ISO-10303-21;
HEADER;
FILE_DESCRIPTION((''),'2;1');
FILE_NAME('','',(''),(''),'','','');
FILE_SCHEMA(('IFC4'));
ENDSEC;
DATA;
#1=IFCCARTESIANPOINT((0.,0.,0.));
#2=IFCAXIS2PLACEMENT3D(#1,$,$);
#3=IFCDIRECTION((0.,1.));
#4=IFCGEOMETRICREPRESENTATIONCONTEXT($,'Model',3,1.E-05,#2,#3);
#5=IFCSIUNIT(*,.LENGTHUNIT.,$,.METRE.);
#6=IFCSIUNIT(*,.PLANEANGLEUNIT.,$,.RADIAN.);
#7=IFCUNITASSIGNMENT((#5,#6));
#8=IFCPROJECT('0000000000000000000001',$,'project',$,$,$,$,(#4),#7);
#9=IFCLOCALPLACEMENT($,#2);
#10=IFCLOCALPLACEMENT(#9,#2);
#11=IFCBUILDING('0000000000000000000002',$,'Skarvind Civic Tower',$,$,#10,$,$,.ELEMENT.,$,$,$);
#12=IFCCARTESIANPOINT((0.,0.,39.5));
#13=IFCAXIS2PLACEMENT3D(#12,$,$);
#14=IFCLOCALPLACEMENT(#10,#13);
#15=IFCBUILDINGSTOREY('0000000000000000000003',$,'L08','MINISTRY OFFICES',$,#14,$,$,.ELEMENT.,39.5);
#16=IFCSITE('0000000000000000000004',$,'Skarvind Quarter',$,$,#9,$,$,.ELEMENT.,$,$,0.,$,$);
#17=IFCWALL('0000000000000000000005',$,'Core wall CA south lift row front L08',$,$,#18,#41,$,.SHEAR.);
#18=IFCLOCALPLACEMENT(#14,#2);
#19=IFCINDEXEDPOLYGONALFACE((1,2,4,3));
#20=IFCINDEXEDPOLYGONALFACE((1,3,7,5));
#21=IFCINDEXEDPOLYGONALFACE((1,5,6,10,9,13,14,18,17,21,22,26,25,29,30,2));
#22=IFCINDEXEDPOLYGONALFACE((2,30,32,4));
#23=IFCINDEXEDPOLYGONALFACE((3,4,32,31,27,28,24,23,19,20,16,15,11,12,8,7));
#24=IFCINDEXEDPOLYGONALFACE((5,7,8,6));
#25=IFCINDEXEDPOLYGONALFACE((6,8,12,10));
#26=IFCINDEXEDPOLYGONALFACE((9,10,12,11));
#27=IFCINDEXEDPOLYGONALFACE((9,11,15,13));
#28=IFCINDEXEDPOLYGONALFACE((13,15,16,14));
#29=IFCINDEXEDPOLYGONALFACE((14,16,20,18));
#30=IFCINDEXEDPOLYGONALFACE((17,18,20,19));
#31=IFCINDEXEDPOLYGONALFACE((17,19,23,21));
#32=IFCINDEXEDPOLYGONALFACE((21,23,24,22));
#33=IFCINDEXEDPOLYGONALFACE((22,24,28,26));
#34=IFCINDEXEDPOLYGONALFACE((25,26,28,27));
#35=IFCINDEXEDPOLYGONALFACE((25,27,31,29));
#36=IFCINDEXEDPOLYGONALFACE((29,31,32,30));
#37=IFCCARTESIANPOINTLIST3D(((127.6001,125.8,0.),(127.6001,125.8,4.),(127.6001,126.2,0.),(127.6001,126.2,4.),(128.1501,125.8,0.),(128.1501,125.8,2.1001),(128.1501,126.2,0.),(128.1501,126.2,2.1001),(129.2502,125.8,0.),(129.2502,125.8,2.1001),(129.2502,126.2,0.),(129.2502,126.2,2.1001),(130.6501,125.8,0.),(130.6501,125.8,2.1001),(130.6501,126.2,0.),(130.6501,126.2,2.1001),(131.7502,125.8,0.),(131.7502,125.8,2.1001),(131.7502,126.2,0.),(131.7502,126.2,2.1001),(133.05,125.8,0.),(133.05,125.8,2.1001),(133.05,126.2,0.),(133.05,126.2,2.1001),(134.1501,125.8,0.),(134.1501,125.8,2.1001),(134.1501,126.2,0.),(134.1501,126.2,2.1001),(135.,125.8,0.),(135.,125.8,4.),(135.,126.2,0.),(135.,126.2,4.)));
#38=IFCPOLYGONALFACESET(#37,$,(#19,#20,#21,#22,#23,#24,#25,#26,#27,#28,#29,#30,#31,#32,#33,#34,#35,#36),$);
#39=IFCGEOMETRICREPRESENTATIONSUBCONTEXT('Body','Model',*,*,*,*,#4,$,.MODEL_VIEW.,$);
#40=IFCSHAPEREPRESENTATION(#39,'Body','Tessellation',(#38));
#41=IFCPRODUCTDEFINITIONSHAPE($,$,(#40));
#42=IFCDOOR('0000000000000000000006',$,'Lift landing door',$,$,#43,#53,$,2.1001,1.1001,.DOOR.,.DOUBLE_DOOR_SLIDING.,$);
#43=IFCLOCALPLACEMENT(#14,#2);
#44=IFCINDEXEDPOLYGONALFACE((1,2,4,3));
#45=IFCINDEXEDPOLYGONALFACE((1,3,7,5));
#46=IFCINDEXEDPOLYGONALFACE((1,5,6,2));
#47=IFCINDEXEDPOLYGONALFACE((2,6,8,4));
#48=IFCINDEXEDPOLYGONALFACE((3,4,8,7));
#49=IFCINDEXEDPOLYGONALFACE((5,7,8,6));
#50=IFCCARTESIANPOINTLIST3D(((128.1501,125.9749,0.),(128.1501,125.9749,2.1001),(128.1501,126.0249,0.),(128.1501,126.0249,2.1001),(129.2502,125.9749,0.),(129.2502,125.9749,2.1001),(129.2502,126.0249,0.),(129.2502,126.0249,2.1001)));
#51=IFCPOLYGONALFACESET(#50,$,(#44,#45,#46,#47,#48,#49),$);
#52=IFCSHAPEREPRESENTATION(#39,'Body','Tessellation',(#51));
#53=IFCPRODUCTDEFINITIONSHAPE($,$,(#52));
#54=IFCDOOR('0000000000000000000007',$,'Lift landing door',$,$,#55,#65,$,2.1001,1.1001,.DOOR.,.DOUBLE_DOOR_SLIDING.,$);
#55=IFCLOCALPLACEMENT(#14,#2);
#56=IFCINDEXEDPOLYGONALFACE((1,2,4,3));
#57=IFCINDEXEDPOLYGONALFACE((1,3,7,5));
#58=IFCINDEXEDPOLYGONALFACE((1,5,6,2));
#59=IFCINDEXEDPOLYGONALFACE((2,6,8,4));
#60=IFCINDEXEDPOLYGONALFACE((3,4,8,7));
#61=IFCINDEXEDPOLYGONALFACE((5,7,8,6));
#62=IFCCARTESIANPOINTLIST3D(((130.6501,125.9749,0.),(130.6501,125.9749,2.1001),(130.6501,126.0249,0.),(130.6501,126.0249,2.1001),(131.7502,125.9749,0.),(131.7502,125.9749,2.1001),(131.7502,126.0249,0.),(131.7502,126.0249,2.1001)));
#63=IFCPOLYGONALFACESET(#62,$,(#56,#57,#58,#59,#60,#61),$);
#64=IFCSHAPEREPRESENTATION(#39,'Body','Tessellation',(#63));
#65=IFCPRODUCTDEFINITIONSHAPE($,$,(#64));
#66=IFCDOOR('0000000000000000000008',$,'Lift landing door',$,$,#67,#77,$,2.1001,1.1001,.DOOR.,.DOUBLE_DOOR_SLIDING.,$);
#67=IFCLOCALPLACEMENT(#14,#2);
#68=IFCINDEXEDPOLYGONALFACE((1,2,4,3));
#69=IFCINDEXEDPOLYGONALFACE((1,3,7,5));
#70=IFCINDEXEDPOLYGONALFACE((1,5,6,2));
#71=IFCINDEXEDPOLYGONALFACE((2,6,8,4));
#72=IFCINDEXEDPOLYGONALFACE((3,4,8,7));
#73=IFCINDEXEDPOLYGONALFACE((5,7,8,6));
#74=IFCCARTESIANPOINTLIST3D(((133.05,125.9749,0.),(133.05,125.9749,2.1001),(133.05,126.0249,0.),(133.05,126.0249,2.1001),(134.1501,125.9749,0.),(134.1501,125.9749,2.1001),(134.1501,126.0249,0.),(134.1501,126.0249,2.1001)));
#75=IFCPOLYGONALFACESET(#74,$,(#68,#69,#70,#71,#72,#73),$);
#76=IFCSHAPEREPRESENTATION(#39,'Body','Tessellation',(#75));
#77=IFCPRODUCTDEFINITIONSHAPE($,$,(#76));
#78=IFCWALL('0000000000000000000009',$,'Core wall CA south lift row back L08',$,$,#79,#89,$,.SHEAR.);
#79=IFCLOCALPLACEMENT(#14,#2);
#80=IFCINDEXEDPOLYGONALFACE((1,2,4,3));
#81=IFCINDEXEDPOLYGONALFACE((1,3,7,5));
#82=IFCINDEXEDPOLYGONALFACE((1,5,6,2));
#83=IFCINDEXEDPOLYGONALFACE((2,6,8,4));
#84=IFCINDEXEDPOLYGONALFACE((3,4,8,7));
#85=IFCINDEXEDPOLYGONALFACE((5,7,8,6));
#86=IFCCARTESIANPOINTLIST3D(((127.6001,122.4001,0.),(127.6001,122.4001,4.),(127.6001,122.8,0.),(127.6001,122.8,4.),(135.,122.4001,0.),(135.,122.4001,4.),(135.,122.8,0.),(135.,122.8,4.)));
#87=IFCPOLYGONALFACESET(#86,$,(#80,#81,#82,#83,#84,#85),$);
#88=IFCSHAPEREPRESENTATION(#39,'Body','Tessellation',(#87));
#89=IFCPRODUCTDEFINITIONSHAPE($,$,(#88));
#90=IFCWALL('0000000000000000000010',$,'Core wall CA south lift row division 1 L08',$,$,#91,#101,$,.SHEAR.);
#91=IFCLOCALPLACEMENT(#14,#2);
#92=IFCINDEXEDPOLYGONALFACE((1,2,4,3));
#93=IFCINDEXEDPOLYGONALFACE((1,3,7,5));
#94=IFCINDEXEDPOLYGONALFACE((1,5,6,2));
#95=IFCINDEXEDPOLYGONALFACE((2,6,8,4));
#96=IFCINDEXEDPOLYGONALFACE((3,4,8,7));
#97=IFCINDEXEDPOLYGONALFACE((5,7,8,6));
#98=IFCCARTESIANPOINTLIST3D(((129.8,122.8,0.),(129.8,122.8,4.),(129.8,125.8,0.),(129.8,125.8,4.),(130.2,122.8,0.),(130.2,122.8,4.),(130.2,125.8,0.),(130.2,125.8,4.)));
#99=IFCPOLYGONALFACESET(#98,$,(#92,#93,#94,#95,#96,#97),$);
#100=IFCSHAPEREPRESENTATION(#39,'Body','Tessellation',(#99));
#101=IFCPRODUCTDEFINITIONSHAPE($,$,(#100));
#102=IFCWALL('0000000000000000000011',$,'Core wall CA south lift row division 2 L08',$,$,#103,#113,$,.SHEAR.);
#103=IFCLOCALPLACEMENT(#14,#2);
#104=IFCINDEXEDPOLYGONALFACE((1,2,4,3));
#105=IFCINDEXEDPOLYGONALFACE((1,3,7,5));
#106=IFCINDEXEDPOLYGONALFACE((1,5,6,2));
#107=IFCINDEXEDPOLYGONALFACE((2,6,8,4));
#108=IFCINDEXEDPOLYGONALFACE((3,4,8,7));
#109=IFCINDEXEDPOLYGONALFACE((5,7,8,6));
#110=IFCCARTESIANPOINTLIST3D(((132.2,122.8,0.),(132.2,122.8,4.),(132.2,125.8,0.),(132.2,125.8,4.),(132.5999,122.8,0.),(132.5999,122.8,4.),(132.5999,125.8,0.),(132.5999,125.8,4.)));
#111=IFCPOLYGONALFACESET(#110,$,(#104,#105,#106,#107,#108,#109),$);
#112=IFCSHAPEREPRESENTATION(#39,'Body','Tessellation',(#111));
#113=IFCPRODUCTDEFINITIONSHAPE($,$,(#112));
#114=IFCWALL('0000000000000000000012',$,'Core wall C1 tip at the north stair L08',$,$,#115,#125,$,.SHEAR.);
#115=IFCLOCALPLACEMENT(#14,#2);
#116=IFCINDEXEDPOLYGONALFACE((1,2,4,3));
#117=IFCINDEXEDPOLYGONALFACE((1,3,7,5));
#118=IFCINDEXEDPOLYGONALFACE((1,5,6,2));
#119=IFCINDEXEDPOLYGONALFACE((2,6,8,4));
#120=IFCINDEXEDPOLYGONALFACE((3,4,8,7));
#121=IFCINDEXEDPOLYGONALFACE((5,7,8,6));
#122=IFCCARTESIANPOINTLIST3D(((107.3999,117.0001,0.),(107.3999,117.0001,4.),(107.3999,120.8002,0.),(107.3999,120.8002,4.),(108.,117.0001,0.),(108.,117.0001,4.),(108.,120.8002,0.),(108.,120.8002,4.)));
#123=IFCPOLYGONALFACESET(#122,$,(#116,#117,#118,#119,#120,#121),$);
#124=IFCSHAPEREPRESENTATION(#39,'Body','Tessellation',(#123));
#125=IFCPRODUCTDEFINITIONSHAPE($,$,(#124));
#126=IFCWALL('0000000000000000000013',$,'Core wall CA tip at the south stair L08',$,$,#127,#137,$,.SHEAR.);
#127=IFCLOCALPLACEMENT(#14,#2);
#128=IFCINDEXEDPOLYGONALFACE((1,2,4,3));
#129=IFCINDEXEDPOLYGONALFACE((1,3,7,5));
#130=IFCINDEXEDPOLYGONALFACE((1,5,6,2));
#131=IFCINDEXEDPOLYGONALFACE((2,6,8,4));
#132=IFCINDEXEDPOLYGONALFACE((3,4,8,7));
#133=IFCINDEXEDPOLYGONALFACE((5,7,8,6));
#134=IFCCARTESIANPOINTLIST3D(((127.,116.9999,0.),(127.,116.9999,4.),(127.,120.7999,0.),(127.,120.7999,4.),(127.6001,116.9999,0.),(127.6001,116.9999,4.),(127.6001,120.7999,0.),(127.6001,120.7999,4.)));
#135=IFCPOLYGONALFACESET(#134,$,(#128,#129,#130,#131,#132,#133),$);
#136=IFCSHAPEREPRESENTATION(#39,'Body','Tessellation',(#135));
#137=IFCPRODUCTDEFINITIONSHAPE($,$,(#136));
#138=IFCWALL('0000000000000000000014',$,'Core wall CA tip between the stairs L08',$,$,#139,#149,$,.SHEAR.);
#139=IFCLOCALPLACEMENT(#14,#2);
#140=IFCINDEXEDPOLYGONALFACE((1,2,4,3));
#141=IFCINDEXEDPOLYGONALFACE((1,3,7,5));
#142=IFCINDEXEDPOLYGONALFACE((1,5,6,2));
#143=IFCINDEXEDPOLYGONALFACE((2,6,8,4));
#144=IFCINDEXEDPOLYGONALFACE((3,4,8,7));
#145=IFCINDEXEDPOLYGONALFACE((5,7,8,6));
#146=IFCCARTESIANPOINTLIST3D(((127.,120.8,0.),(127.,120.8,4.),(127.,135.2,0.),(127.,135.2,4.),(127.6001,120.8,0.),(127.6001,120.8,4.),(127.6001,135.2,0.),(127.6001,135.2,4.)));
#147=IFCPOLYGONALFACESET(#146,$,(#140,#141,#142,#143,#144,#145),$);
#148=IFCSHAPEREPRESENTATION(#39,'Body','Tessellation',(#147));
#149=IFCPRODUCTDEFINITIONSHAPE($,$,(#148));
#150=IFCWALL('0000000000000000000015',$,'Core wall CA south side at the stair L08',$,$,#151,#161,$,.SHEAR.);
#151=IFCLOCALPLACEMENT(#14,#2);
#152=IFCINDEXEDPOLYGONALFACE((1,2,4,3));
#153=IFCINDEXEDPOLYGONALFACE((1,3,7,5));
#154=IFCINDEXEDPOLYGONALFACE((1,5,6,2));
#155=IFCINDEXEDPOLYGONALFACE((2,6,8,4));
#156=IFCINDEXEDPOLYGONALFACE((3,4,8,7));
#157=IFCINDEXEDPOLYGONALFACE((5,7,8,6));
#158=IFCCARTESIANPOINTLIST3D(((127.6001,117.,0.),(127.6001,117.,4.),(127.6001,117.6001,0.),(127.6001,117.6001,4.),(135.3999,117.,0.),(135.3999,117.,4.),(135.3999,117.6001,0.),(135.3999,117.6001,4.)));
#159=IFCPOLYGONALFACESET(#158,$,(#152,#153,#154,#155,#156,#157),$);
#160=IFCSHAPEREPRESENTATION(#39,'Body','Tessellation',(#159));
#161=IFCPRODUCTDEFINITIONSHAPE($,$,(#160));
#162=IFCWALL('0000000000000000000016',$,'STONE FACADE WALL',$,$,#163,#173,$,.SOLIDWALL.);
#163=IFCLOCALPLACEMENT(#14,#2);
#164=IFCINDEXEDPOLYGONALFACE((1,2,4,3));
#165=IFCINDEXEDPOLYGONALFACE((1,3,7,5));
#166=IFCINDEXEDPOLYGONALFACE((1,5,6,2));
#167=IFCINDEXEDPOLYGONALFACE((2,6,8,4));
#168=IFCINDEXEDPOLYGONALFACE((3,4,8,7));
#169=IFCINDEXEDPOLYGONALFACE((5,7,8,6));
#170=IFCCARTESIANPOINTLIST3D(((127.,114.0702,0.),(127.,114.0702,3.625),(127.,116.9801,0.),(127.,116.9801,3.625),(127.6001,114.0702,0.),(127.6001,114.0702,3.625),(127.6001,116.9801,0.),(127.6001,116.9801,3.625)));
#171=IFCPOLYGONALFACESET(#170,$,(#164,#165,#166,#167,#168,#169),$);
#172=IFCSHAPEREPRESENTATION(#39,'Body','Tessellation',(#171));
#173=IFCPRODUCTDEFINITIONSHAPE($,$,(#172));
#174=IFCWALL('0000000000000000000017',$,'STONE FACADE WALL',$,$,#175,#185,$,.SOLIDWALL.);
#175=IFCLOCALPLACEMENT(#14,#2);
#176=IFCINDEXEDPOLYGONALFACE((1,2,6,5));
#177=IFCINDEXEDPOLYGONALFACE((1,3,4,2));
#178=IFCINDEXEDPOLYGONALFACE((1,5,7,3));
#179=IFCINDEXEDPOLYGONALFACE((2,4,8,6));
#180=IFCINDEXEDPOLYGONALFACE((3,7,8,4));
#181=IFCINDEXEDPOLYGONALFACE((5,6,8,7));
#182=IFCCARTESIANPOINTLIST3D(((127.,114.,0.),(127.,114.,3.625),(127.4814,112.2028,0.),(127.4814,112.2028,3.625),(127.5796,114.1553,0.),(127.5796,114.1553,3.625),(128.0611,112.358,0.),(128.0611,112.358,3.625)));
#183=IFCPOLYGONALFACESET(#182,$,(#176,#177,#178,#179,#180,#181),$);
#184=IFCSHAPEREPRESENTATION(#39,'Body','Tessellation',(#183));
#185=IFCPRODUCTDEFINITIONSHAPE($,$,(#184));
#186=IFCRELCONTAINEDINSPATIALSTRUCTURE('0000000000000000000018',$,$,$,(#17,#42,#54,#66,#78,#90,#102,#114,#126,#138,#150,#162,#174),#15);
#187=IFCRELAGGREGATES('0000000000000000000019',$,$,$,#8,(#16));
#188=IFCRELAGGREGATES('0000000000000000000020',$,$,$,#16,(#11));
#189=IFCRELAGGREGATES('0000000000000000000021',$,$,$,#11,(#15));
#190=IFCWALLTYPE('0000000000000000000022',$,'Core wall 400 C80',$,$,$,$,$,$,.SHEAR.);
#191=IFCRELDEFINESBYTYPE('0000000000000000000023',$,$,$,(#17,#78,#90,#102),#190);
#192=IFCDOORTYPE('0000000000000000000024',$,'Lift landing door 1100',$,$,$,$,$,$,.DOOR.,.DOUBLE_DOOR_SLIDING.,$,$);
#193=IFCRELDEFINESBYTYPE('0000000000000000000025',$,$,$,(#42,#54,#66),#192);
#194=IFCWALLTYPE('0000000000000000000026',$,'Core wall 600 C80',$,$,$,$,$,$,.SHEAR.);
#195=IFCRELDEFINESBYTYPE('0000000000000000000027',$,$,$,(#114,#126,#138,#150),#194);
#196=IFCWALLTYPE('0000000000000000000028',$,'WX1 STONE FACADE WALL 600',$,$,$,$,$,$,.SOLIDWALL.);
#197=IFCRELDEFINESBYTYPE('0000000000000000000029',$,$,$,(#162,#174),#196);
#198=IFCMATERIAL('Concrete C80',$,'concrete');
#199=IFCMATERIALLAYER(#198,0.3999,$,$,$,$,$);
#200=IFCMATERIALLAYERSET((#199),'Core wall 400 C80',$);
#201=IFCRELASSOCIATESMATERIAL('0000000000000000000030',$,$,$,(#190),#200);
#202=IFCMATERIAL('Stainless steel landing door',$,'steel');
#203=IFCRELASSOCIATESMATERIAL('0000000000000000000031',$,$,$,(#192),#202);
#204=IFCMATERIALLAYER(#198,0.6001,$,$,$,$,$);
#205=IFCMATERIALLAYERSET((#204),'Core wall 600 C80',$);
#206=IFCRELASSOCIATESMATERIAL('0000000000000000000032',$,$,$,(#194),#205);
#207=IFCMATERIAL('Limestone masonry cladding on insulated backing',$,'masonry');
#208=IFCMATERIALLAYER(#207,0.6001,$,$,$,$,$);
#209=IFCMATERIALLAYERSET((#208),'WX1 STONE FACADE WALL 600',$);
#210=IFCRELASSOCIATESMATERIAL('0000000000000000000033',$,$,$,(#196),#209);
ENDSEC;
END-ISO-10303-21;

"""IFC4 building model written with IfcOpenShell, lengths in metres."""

from ifc_helpers import new_model, si_unit, direction, frame, frame_2d, origin, place, context, subcontext, project, spatial, rectangle, extrude, material, layer, layer_set, type_object, element, fill, save


model = new_model("IFC4")

# Units and contexts
model_context = context("Model", 3, precision=1e-05, world=origin(), true_north=direction((0.0, 1.0)))
body_context = subcontext(model_context, "Body", "Model", "MODEL_VIEW")
ifc_project = project(units=[si_unit("LENGTHUNIT", "METRE"), si_unit("PLANEANGLEUNIT", "RADIAN")], contexts=[model_context])

# Site, building, storey
site_placement = place(None, origin())
site = spatial("IfcSite", under=ifc_project, at=site_placement, Name="Skarvind Quarter", CompositionType="ELEMENT", RefElevation=0.0)
building_placement = place(site_placement, origin())
building = spatial("IfcBuilding", under=site, at=building_placement, Name="Skarvind Civic Tower", CompositionType="ELEMENT")
storey_placement = place(building_placement, frame((0.0, 0.0, 39.5)))
storey = spatial("IfcBuildingStorey", under=building, at=storey_placement, Name="L08", Description="MINISTRY OFFICES", CompositionType="ELEMENT", Elevation=39.5)

# Shared definitions
ifc_material_1 = material(Name="Concrete C80", Category="concrete")
ifc_layer_1 = layer(ifc_material_1, 0.3999)
ifc_layer_set_1 = layer_set([ifc_layer_1], Name="Core wall 400 C80")
wall_type_1 = type_object("IfcWallType", Name="Core wall 400 C80", PredefinedType="SHEAR", material=ifc_layer_set_1)

# Shared definitions
ifc_material_2 = material(Name="Stainless steel landing door", Category="steel")
door_type_1 = type_object("IfcDoorType", Name="Lift landing door 1100", OperationType="DOUBLE_DOOR_SLIDING", PredefinedType="DOOR", material=ifc_material_2)

# Wall, openings, doors
wall_1_placement = place(storey_placement, frame((127.6001, 126.0, 0.0), z_axis=(0.0, 0.0, 1.0), x_axis=(1.0, 0.0, 0.0)))
wall_1 = element("IfcWall", 1, at=wall_1_placement, inside=storey, type_object=wall_type_1, Name="Core wall CA south lift row front L08", PredefinedType="SHEAR", context=body_context, shape_type="SweptSolid", body=[
    extrude(rectangle(XDim=7.3999, YDim=0.3999, at=frame_2d((3.7, 0.0))), origin(), (0.0, 0.0, 1.0), 4.0),
])
opening_1_placement = place(wall_1_placement, frame((0.55, 0.0, 0.0)))
opening_1 = element("IfcOpeningElement", 2, at=opening_1_placement, cuts=wall_1, PredefinedType="OPENING", context=body_context, shape_type="SweptSolid", body=[
    extrude(rectangle(XDim=1.1001, YDim=2.1001, at=frame_2d((0.55, 1.05))), frame((0.0, 0.21, 0.0), z_axis=(0.0, -1.0, 0.0), x_axis=(1.0, 0.0, 0.0)), (0.0, 0.0, 1.0), 0.4199),
])
opening_2_placement = place(wall_1_placement, frame((3.05, 0.0, 0.0)))
opening_2 = element("IfcOpeningElement", 3, at=opening_2_placement, cuts=wall_1, PredefinedType="OPENING", context=body_context, shape_type="SweptSolid", body=[
    extrude(rectangle(XDim=1.1001, YDim=2.1001, at=frame_2d((0.55, 1.05))), frame((0.0, 0.21, 0.0), z_axis=(0.0, -1.0, 0.0), x_axis=(1.0, 0.0, 0.0)), (0.0, 0.0, 1.0), 0.4199),
])
opening_3_placement = place(wall_1_placement, frame((5.45, 0.0, 0.0)))
opening_3 = element("IfcOpeningElement", 4, at=opening_3_placement, cuts=wall_1, PredefinedType="OPENING", context=body_context, shape_type="SweptSolid", body=[
    extrude(rectangle(XDim=1.1001, YDim=2.1001, at=frame_2d((0.55, 1.05))), frame((0.0, 0.21, 0.0), z_axis=(0.0, -1.0, 0.0), x_axis=(1.0, 0.0, 0.0)), (0.0, 0.0, 1.0), 0.4199),
])
door_1_placement = place(opening_1_placement, origin())
door_1 = element("IfcDoor", 5, at=door_1_placement, inside=storey, type_object=door_type_1, Name="Lift landing door", OperationType="DOUBLE_DOOR_SLIDING", OverallHeight=2.1001, OverallWidth=1.1001, PredefinedType="DOOR", context=body_context, shape_type="SweptSolid", body=[
    extrude(rectangle(XDim=1.1001, YDim=2.1001, at=frame_2d((0.55, 1.05))), frame((0.0, 0.0249, 0.0), z_axis=(0.0, -1.0, 0.0), x_axis=(1.0, 0.0, 0.0)), (0.0, 0.0, 1.0), 0.05),
])
fill(opening_1, door_1)
door_2_placement = place(opening_2_placement, origin())
door_2 = element("IfcDoor", 6, at=door_2_placement, inside=storey, type_object=door_type_1, Name="Lift landing door", OperationType="DOUBLE_DOOR_SLIDING", OverallHeight=2.1001, OverallWidth=1.1001, PredefinedType="DOOR", context=body_context, shape_type="SweptSolid", body=[
    extrude(rectangle(XDim=1.1001, YDim=2.1001, at=frame_2d((0.55, 1.05))), frame((0.0, 0.0249, 0.0), z_axis=(0.0, -1.0, 0.0), x_axis=(1.0, 0.0, 0.0)), (0.0, 0.0, 1.0), 0.05),
])
fill(opening_2, door_2)
door_3_placement = place(opening_3_placement, origin())
door_3 = element("IfcDoor", 7, at=door_3_placement, inside=storey, type_object=door_type_1, Name="Lift landing door", OperationType="DOUBLE_DOOR_SLIDING", OverallHeight=2.1001, OverallWidth=1.1001, PredefinedType="DOOR", context=body_context, shape_type="SweptSolid", body=[
    extrude(rectangle(XDim=1.1001, YDim=2.1001, at=frame_2d((0.55, 1.05))), frame((0.0, 0.0249, 0.0), z_axis=(0.0, -1.0, 0.0), x_axis=(1.0, 0.0, 0.0)), (0.0, 0.0, 1.0), 0.05),
])
fill(opening_3, door_3)

# Walls
wall_2_placement = place(storey_placement, frame((127.6001, 122.6001, 0.0), z_axis=(0.0, 0.0, 1.0), x_axis=(1.0, 0.0, 0.0)))
element("IfcWall", 8, at=wall_2_placement, inside=storey, type_object=wall_type_1, Name="Core wall CA south lift row back L08", PredefinedType="SHEAR", context=body_context, shape_type="SweptSolid", body=[
    extrude(rectangle(XDim=7.3999, YDim=0.3999, at=frame_2d((3.7, 0.0))), origin(), (0.0, 0.0, 1.0), 4.0),
])
for number, where, z_axis, x_axis, name in (
    (9, (130.0, 122.8, 0.0), (0.0, 0.0, 1.0), (0.0, 1.0, 0.0), "Core wall CA south lift row division 1 L08"),
    (10, (132.3999, 122.8, 0.0), (0.0, 0.0, 1.0), (0.0, 1.0, 0.0), "Core wall CA south lift row division 2 L08"),
):
    element("IfcWall", number, at=place(storey_placement, frame(where, z_axis=z_axis, x_axis=x_axis)), inside=storey, type_object=wall_type_1, Name=name, PredefinedType="SHEAR", context=body_context, shape_type="SweptSolid", body=[
        extrude(rectangle(XDim=3.0, YDim=0.3999, at=frame_2d((1.5, 0.0))), origin(), (0.0, 0.0, 1.0), 4.0),
    ])
ifc_layer_2 = layer(ifc_material_1, 0.6001)
ifc_layer_set_2 = layer_set([ifc_layer_2], Name="Core wall 600 C80")
wall_type_2 = type_object("IfcWallType", Name="Core wall 600 C80", PredefinedType="SHEAR", material=ifc_layer_set_2)
for number, where, z_axis, x_axis, name in (
    (11, (107.7, 120.8, 0.0), (0.0, 0.0, 1.0), (0.0, -1.0, 0.0), "Core wall C1 tip at the north stair L08"),
    (12, (127.3, 117.0, 0.0), (0.0, 0.0, 1.0), (0.0, 1.0, 0.0), "Core wall CA tip at the south stair L08"),
):
    element("IfcWall", number, at=place(storey_placement, frame(where, z_axis=z_axis, x_axis=x_axis)), inside=storey, type_object=wall_type_2, Name=name, PredefinedType="SHEAR", context=body_context, shape_type="SweptSolid", body=[
        extrude(rectangle(XDim=3.8, YDim=0.6001, at=frame_2d((1.8999, 0.0))), origin(), (0.0, 0.0, 1.0), 4.0),
    ])
wall_3_placement = place(storey_placement, frame((127.3, 120.8, 0.0), z_axis=(0.0, 0.0, 1.0), x_axis=(0.0, 1.0, 0.0)))
element("IfcWall", 13, at=wall_3_placement, inside=storey, type_object=wall_type_2, Name="Core wall CA tip between the stairs L08", PredefinedType="SHEAR", context=body_context, shape_type="SweptSolid", body=[
    extrude(rectangle(XDim=14.3999, YDim=0.6001, at=frame_2d((7.2, 0.0))), origin(), (0.0, 0.0, 1.0), 4.0),
])
wall_4_placement = place(storey_placement, frame((127.6001, 117.3, 0.0), z_axis=(0.0, 0.0, 1.0), x_axis=(1.0, 0.0, 0.0)))
element("IfcWall", 14, at=wall_4_placement, inside=storey, type_object=wall_type_2, Name="Core wall CA south side at the stair L08", PredefinedType="SHEAR", context=body_context, shape_type="SweptSolid", body=[
    extrude(rectangle(XDim=7.7998, YDim=0.6001, at=frame_2d((3.8999, 0.0))), origin(), (0.0, 0.0, 1.0), 4.0),
])
ifc_material_3 = material(Name="Limestone masonry cladding on insulated backing", Category="masonry")
ifc_layer_3 = layer(ifc_material_3, 0.6001)
ifc_layer_set_3 = layer_set([ifc_layer_3], Name="WX1 STONE FACADE WALL 600")
wall_type_3 = type_object("IfcWallType", Name="WX1 STONE FACADE WALL 600", PredefinedType="SOLIDWALL", material=ifc_layer_set_3)
wall_5_placement = place(storey_placement, frame((127.3, 114.0701, 0.0), z_axis=(0.0, 0.0, 1.0), x_axis=(0.0, 1.0, 0.0)))
element("IfcWall", 15, at=wall_5_placement, inside=storey, type_object=wall_type_3, Name="STONE FACADE WALL", PredefinedType="SOLIDWALL", context=body_context, shape_type="SweptSolid", body=[
    extrude(rectangle(XDim=2.9099, YDim=0.6001, at=frame_2d((1.4551, 0.0))), origin(), (0.0, 0.0, 1.0), 3.625),
])
for number, where, z_axis, x_axis, name in (
    (16, (127.7712, 112.2805, 0.0), (0.0, 0.0, 1.0), (-0.258773, 0.965938, 0.0), "STONE FACADE WALL"),
):
    element("IfcWall", number, at=place(storey_placement, frame(where, z_axis=z_axis, x_axis=x_axis)), inside=storey, type_object=wall_type_3, Name=name, PredefinedType="SOLIDWALL", context=body_context, shape_type="SweptSolid", body=[
        extrude(rectangle(XDim=1.8606, YDim=0.6001, at=frame_2d((0.9302, 0.0))), origin(), (0.0, 0.0, 1.0), 3.625),
    ])

save(model, "model.ifc")
